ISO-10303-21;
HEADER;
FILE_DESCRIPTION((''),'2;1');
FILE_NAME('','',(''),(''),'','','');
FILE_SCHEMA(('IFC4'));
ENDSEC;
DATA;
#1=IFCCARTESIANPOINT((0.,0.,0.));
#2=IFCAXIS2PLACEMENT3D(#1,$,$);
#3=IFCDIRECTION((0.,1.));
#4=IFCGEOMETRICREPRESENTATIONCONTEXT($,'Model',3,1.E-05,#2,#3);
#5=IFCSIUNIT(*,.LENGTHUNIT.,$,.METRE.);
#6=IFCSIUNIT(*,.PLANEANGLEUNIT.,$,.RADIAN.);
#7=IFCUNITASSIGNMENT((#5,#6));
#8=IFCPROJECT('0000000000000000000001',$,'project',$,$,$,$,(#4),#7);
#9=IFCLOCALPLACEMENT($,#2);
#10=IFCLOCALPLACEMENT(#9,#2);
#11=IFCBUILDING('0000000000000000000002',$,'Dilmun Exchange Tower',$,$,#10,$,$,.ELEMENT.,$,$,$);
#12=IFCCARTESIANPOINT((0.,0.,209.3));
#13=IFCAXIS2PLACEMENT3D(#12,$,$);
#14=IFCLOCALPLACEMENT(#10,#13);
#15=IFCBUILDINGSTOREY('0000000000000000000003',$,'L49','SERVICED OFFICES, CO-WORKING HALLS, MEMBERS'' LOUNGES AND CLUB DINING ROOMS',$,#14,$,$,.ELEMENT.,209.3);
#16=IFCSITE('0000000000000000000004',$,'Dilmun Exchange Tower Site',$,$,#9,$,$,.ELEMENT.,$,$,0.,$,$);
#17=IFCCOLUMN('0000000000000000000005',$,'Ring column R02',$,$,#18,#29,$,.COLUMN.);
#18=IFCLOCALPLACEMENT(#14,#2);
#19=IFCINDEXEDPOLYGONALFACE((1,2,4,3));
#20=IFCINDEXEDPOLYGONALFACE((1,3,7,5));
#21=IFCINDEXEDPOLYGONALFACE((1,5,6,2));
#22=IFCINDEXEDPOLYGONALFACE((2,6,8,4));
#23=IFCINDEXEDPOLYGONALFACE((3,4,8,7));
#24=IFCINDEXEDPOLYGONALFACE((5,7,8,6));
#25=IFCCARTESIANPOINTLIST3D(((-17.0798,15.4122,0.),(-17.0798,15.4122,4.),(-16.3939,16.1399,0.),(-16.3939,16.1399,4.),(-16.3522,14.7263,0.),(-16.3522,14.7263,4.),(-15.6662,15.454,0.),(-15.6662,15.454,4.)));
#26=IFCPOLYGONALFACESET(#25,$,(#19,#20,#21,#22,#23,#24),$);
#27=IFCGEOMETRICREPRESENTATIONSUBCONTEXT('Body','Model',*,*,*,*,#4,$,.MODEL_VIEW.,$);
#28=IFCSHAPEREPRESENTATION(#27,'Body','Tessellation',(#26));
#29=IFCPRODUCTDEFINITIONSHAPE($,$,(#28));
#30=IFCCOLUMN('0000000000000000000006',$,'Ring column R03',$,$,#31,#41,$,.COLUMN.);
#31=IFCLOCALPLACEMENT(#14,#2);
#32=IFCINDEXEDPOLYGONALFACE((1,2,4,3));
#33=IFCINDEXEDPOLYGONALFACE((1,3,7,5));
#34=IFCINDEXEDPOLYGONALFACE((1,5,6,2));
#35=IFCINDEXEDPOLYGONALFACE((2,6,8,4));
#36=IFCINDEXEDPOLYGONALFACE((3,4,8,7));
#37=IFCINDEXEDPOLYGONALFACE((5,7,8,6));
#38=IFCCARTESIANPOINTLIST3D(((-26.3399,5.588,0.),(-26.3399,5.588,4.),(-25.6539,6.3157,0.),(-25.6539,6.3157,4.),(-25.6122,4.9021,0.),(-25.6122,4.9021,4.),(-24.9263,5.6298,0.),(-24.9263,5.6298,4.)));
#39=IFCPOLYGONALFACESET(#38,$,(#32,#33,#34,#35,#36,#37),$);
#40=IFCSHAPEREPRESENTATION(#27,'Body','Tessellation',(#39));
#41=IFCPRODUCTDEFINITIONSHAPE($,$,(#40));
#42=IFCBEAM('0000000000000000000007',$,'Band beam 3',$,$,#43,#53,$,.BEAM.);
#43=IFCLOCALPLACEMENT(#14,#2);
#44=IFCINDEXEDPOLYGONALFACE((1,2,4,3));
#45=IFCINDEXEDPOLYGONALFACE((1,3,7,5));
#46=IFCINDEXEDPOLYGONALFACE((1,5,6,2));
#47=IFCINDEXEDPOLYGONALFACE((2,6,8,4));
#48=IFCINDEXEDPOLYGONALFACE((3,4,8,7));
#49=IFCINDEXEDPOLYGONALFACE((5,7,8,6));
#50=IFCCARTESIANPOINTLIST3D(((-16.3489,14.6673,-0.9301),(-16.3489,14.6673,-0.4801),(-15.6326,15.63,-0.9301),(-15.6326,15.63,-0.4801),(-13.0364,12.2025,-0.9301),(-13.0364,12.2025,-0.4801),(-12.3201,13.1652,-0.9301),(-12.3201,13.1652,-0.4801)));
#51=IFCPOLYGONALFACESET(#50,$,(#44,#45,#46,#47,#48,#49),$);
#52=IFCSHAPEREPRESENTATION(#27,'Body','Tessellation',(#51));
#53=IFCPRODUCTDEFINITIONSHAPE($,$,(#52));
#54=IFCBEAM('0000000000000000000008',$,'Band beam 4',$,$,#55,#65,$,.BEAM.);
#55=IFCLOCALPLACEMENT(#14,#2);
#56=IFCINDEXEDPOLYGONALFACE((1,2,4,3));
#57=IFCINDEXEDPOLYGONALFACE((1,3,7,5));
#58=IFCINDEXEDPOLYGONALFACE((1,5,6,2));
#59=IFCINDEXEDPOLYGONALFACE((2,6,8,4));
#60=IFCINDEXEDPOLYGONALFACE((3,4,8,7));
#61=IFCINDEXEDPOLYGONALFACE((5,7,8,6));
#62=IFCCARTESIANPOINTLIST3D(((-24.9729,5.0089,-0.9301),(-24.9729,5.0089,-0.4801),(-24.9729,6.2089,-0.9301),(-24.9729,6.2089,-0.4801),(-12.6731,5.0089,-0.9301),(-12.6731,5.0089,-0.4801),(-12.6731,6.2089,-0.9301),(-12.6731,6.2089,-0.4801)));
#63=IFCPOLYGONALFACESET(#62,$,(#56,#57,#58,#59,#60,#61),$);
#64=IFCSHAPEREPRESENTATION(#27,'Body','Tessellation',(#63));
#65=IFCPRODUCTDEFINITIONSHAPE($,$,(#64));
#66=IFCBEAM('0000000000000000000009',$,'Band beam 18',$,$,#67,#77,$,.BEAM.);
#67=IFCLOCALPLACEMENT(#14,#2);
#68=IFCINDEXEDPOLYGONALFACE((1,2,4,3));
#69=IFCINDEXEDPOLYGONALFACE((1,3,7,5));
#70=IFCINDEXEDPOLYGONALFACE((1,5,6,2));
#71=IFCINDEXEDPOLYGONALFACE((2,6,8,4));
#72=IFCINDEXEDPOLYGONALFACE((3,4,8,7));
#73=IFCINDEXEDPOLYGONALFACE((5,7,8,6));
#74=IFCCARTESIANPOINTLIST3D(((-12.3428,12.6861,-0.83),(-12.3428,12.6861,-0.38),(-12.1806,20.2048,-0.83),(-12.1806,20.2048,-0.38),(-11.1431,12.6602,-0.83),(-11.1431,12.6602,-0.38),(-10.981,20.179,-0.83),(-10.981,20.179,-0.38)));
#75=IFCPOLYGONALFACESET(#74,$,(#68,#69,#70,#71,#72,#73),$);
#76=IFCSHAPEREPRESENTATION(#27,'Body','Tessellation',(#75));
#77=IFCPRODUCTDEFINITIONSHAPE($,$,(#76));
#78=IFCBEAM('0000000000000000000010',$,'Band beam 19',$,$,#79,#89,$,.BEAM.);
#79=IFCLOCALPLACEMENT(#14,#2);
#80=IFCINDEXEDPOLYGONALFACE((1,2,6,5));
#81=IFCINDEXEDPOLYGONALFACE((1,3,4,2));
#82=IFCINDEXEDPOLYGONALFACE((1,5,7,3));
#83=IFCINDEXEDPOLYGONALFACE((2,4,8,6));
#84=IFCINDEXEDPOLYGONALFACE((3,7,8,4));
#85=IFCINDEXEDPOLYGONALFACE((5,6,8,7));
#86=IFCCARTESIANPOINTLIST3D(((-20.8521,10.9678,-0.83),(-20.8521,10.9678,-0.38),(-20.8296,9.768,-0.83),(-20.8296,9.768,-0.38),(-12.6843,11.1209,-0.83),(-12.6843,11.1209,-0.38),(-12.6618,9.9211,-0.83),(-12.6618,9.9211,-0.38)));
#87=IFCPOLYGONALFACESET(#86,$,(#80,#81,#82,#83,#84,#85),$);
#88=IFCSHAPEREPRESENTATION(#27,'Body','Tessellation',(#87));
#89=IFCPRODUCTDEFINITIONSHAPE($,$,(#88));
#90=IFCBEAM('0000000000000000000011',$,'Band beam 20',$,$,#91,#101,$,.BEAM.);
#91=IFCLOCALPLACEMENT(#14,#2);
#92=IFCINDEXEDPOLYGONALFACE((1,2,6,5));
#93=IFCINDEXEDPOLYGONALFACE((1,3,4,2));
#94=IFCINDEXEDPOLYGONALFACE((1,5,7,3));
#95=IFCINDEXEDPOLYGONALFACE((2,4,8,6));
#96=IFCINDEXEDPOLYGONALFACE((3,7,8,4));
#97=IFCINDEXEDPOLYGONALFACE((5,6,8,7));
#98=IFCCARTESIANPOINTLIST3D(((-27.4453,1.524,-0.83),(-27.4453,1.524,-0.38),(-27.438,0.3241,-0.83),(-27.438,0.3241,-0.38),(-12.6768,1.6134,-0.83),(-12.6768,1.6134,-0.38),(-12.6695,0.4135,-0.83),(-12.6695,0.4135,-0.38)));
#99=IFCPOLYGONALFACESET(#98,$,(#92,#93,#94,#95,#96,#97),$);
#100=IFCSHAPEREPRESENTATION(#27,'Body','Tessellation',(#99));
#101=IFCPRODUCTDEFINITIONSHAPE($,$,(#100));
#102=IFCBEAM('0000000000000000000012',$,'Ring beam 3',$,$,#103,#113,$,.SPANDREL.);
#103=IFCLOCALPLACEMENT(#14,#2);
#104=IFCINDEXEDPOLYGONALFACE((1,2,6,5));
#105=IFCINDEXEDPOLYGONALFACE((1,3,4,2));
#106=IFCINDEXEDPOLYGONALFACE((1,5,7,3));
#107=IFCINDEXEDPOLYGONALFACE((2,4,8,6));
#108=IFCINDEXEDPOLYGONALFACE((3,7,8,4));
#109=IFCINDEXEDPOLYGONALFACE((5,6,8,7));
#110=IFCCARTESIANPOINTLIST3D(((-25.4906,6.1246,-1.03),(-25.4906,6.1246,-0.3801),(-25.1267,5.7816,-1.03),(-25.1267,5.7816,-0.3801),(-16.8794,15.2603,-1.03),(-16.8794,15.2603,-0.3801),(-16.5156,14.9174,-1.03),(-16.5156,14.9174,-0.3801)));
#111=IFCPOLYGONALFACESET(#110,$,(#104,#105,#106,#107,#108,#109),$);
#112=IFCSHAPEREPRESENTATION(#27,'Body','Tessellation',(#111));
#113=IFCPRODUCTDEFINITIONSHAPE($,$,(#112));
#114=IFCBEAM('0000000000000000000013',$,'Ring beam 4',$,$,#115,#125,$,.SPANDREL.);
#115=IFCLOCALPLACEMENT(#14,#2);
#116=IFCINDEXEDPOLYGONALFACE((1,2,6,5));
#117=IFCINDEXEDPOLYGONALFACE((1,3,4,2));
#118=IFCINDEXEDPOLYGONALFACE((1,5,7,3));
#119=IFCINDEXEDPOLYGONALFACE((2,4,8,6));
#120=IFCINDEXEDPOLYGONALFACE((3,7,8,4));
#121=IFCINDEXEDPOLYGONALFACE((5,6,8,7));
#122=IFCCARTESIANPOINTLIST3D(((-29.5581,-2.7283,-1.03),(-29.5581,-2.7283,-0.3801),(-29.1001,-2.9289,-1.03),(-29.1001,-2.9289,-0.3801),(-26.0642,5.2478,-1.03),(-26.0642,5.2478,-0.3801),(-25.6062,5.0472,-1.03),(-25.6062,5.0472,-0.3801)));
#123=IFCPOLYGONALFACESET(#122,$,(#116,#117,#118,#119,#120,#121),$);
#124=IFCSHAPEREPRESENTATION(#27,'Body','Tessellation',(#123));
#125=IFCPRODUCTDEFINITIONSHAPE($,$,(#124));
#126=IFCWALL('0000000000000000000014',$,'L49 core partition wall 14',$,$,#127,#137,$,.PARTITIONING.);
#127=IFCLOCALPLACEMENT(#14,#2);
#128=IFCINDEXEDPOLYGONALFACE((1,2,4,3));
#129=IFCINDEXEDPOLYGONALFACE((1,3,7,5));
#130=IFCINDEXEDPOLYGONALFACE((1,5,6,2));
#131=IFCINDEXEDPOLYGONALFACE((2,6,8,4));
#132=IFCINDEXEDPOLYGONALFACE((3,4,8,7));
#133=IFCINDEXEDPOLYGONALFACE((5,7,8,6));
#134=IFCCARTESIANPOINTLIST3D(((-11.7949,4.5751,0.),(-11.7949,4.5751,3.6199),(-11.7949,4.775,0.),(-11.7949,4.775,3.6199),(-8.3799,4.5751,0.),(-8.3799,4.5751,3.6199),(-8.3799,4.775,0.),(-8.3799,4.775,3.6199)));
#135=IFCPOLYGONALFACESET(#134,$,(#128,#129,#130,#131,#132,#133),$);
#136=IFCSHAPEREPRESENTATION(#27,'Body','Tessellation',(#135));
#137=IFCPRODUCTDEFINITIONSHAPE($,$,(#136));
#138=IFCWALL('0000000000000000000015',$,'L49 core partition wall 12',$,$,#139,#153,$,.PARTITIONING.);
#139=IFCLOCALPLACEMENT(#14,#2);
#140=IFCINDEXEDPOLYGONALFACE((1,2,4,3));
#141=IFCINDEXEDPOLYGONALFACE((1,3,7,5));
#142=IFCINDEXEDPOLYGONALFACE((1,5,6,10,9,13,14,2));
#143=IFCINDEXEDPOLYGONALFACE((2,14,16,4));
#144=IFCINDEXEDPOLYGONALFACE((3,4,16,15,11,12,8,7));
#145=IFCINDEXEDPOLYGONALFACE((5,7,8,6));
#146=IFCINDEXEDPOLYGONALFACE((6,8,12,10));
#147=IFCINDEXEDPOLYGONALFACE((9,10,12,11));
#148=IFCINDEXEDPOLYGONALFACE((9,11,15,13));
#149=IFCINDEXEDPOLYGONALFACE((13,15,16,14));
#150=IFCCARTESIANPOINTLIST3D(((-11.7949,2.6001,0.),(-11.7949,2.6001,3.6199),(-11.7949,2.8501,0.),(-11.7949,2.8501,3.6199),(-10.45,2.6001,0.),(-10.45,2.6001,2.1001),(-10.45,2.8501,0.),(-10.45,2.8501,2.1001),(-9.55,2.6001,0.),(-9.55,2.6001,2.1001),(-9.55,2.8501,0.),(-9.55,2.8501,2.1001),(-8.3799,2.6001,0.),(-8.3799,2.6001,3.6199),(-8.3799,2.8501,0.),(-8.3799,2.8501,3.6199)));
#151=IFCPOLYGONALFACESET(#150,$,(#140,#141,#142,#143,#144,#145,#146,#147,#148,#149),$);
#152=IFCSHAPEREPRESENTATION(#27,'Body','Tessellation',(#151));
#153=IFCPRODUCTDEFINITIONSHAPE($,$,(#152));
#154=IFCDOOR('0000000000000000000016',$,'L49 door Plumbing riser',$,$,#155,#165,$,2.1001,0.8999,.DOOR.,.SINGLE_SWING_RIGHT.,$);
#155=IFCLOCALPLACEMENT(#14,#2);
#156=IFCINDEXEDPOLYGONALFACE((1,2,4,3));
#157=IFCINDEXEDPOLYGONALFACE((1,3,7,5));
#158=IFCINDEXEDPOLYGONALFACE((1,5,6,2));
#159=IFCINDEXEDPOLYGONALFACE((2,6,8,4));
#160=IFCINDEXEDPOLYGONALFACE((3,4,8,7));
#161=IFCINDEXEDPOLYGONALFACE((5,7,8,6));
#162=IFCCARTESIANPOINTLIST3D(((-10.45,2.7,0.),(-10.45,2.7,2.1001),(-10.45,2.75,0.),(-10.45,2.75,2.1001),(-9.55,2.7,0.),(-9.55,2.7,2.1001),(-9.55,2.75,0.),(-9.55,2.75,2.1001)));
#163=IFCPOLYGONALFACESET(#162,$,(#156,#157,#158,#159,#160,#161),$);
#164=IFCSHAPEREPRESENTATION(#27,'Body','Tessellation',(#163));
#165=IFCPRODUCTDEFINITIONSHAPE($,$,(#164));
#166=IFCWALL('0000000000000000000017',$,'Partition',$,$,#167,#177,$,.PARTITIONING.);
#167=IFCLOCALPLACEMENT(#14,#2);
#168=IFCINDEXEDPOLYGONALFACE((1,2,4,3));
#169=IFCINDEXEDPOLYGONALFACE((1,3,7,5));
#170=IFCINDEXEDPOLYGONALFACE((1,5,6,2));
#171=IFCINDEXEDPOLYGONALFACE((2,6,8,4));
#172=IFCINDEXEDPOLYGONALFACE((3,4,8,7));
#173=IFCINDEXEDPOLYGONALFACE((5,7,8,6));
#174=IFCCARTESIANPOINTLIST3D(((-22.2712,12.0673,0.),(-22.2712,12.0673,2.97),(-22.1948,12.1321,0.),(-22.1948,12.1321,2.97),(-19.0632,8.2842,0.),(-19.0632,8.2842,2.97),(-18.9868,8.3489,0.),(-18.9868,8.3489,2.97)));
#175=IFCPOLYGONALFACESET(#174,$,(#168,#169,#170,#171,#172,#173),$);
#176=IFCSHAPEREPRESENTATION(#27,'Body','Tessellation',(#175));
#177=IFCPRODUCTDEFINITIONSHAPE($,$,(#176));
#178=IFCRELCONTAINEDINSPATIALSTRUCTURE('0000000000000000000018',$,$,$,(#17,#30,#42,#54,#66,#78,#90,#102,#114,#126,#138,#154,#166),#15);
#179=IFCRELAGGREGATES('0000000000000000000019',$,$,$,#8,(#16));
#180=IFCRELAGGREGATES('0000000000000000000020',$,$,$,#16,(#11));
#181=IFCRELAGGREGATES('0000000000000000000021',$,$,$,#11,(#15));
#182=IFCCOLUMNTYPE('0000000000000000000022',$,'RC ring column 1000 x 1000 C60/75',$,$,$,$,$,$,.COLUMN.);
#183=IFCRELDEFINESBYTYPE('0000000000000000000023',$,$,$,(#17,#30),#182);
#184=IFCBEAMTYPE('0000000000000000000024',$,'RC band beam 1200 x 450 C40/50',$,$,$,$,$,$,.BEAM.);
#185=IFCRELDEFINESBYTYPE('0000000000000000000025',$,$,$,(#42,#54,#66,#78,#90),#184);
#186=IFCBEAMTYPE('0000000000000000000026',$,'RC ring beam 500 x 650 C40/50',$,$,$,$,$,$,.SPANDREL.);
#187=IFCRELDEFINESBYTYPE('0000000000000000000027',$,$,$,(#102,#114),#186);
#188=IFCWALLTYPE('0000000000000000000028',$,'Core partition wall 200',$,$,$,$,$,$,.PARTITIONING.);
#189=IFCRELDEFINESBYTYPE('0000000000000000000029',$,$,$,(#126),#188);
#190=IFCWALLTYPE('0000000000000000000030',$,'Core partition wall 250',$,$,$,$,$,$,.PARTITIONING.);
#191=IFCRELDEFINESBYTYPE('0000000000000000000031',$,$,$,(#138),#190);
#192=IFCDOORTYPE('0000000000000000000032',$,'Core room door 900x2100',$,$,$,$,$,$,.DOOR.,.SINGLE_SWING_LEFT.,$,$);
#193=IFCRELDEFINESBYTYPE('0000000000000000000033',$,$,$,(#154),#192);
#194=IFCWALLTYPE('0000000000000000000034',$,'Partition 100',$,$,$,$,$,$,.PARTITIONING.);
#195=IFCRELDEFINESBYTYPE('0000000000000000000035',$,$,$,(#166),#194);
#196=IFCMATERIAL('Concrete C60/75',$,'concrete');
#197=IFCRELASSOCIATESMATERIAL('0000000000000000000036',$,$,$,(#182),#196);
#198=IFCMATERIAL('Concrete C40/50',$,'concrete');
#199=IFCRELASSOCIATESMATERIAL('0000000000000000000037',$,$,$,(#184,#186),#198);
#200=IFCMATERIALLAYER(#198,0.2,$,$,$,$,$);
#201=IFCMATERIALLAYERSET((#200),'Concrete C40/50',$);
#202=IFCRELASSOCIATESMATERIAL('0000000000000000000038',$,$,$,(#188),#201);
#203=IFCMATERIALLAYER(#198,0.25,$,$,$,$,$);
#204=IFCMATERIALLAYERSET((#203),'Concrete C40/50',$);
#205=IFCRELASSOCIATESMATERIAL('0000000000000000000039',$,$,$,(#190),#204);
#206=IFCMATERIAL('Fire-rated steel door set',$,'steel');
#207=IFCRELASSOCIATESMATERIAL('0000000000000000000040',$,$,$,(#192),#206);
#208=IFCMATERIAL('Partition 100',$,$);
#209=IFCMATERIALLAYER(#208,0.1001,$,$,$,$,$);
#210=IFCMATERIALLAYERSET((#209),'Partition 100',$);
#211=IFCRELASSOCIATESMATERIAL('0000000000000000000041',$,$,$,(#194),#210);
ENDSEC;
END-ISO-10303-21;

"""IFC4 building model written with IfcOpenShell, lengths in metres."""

from ifc_helpers import new_model, si_unit, direction, frame, frame_2d, origin, origin_2d, place, context, subcontext, project, spatial, rectangle, extrude, material, layer, layer_set, material_profile, profile_set, type_object, element, fill, save


model = new_model("IFC4")

# Units and contexts
model_context = context("Model", 3, precision=1e-05, world=origin(), true_north=direction((0.0, 1.0)))
body_context = subcontext(model_context, "Body", "Model", "MODEL_VIEW")
ifc_project = project(units=[si_unit("LENGTHUNIT", "METRE"), si_unit("PLANEANGLEUNIT", "RADIAN")], contexts=[model_context])

# Site, building, storey
site_placement = place(None, origin())
site = spatial("IfcSite", under=ifc_project, at=site_placement, Name="Dilmun Exchange Tower Site", CompositionType="ELEMENT", RefElevation=0.0)
building_placement = place(site_placement, origin())
building = spatial("IfcBuilding", under=site, at=building_placement, Name="Dilmun Exchange Tower", CompositionType="ELEMENT")
storey_placement = place(building_placement, frame((0.0, 0.0, 209.3)))
storey = spatial("IfcBuildingStorey", under=building, at=storey_placement, Name="L49", Description="SERVICED OFFICES, CO-WORKING HALLS, MEMBERS' LOUNGES AND CLUB DINING ROOMS", CompositionType="ELEMENT", Elevation=209.3)

# Columns
ifc_material_1 = material(Name="Concrete C60/75", Category="concrete")
ifc_material_profile_1 = material_profile(ifc_material_1, rectangle(XDim=1.0, YDim=1.0, at=origin_2d()), Name="1000 x 1000")
ifc_profile_set_1 = profile_set([ifc_material_profile_1], Name="Concrete C60/75")
column_type = type_object("IfcColumnType", Name="RC ring column 1000 x 1000 C60/75", PredefinedType="COLUMN", material=ifc_profile_set_1)
for number, where, z_axis, x_axis, name in (
    (1, (-16.373, 15.4331, 0.0), (0.0, 0.0, 1.0), (0.685916, 0.727681, 0.0), "Ring column R02"),
    (2, (-25.6331, 5.6089, 0.0), (0.0, 0.0, 1.0), (0.685916, 0.727681, 0.0), "Ring column R03"),
):
    element("IfcColumn", number, at=place(storey_placement, frame(where, z_axis=z_axis, x_axis=x_axis)), inside=storey, type_object=column_type, Name=name, PredefinedType="COLUMN", context=body_context, shape_type="SweptSolid", body=[
        extrude(rectangle(XDim=1.0, YDim=1.0, at=origin_2d()), origin(), (0.0, 0.0, 1.0), 4.0),
    ])

# Beams
ifc_material_2 = material(Name="Concrete C40/50", Category="concrete")
ifc_material_profile_2 = material_profile(ifc_material_2, rectangle(XDim=1.2, YDim=0.45, at=origin_2d()), Name="1200 x 450")
ifc_profile_set_2 = profile_set([ifc_material_profile_2], Name="Concrete C40/50")
beam_type_1 = type_object("IfcBeamType", Name="RC band beam 1200 x 450 C40/50", PredefinedType="BEAM", material=ifc_profile_set_2)
beam_1_placement = place(storey_placement, frame((-15.9907, 15.1487, -0.7051), z_axis=(0.802265, -0.596968, 0.0), x_axis=(0.596968, 0.802265, 0.0)))
element("IfcBeam", 3, at=beam_1_placement, inside=storey, type_object=beam_type_1, Name="Band beam 3", PredefinedType="BEAM", context=body_context, shape_type="SweptSolid", body=[
    extrude(rectangle(XDim=1.2, YDim=0.45, at=origin_2d()), origin(), (0.0, 0.0, 1.0), 4.1289),
])
beam_2_placement = place(storey_placement, frame((-24.9729, 5.6089, -0.7051), z_axis=(1.0, 0.0, 0.0), x_axis=(0.0, 1.0, 0.0)))
element("IfcBeam", 4, at=beam_2_placement, inside=storey, type_object=beam_type_1, Name="Band beam 4", PredefinedType="BEAM", context=body_context, shape_type="SweptSolid", body=[
    extrude(rectangle(XDim=1.2, YDim=0.45, at=origin_2d()), origin(), (0.0, 0.0, 1.0), 12.2998),
])
beam_3_placement = place(storey_placement, frame((-11.5808, 20.1919, -0.605), z_axis=(-0.021556, -0.999768, 0.0), x_axis=(0.999768, -0.021556, 0.0)))
element("IfcBeam", 5, at=beam_3_placement, inside=storey, type_object=beam_type_1, Name="Band beam 18", PredefinedType="BEAM", context=body_context, shape_type="SweptSolid", body=[
    extrude(rectangle(XDim=1.2, YDim=0.45, at=origin_2d()), origin(), (0.0, 0.0, 1.0), 7.5205),
])
beam_4_placement = place(storey_placement, frame((-20.8408, 10.3679, -0.605), z_axis=(0.999824, 0.018738, 0.0), x_axis=(-0.018738, 0.999824, 0.0)))
element("IfcBeam", 6, at=beam_4_placement, inside=storey, type_object=beam_type_1, Name="Band beam 19", PredefinedType="BEAM", context=body_context, shape_type="SweptSolid", body=[
    extrude(rectangle(XDim=1.2, YDim=0.45, at=origin_2d()), origin(), (0.0, 0.0, 1.0), 8.1692),
])
beam_5_placement = place(storey_placement, frame((-27.4417, 0.9241, -0.605), z_axis=(0.999982, 0.00605, 0.0), x_axis=(-0.00605, 0.999982, 0.0)))
element("IfcBeam", 7, at=beam_5_placement, inside=storey, type_object=beam_type_1, Name="Band beam 20", PredefinedType="BEAM", context=body_context, shape_type="SweptSolid", body=[
    extrude(rectangle(XDim=1.2, YDim=0.45, at=origin_2d()), origin(), (0.0, 0.0, 1.0), 14.7688),
])
ifc_material_profile_3 = material_profile(ifc_material_2, rectangle(XDim=0.5, YDim=0.6499, at=origin_2d()), Name="500 x 650")
ifc_profile_set_3 = profile_set([ifc_material_profile_3], Name="Concrete C40/50")
beam_type_2 = type_object("IfcBeamType", Name="RC ring beam 500 x 650 C40/50", PredefinedType="SPANDREL", material=ifc_profile_set_3)
beam_6_placement = place(storey_placement, frame((-16.6975, 15.0889, -0.7051), z_axis=(-0.685903, -0.727693, 0.0), x_axis=(0.727693, -0.685903, 0.0)))
element("IfcBeam", 8, at=beam_6_placement, inside=storey, type_object=beam_type_2, Name="Ring beam 3", PredefinedType="SPANDREL", context=body_context, shape_type="SweptSolid", body=[
    extrude(rectangle(XDim=0.5, YDim=0.6499, at=origin_2d()), origin(), (0.0, 0.0, 1.0), 12.5544),
])
beam_7_placement = place(storey_placement, frame((-25.8352, 5.1475, -0.7051), z_axis=(-0.401239, -0.915973, 0.0), x_axis=(0.915973, -0.401239, 0.0)))
element("IfcBeam", 9, at=beam_7_placement, inside=storey, type_object=beam_type_2, Name="Ring beam 4", PredefinedType="SPANDREL", context=body_context, shape_type="SweptSolid", body=[
    extrude(rectangle(XDim=0.5, YDim=0.6499, at=origin_2d()), origin(), (0.0, 0.0, 1.0), 8.7078),
])

# Wall
ifc_layer_1 = layer(ifc_material_2, 0.2)
ifc_layer_set_1 = layer_set([ifc_layer_1], Name="Concrete C40/50")
wall_type_1 = type_object("IfcWallType", Name="Core partition wall 200", PredefinedType="PARTITIONING", material=ifc_layer_set_1)
wall_1_placement = place(storey_placement, frame((-11.7949, 4.675, 0.0), z_axis=(0.0, 0.0, 1.0), x_axis=(1.0, 0.0, 0.0)))
element("IfcWall", 10, at=wall_1_placement, inside=storey, type_object=wall_type_1, Name="L49 core partition wall 14", PredefinedType="PARTITIONING", context=body_context, shape_type="SweptSolid", body=[
    extrude(rectangle(XDim=3.415, YDim=0.2, at=frame_2d((1.7075, 0.0))), origin(), (0.0, 0.0, 1.0), 3.6199),
])

# Wall, opening, door
ifc_layer_2 = layer(ifc_material_2, 0.25)
ifc_layer_set_2 = layer_set([ifc_layer_2], Name="Concrete C40/50")
wall_type_2 = type_object("IfcWallType", Name="Core partition wall 250", PredefinedType="PARTITIONING", material=ifc_layer_set_2)
wall_2_placement = place(storey_placement, frame((-11.7949, 2.7251, 0.0), z_axis=(0.0, 0.0, 1.0), x_axis=(1.0, 0.0, 0.0)))
wall_2 = element("IfcWall", 11, at=wall_2_placement, inside=storey, type_object=wall_type_2, Name="L49 core partition wall 12", PredefinedType="PARTITIONING", context=body_context, shape_type="SweptSolid", body=[
    extrude(rectangle(XDim=3.415, YDim=0.25, at=frame_2d((1.7075, 0.0))), origin(), (0.0, 0.0, 1.0), 3.6199),
])
opening_1_placement = place(wall_2_placement, frame((1.345, 0.0, 0.0)))
opening_1 = element("IfcOpeningElement", 12, at=opening_1_placement, cuts=wall_2, PredefinedType="OPENING", context=body_context, shape_type="SweptSolid", body=[
    extrude(rectangle(XDim=0.8999, YDim=2.1001, at=frame_2d((0.45, 1.05))), frame((0.0, 0.135, 0.0), z_axis=(0.0, -1.0, 0.0), x_axis=(1.0, 0.0, 0.0)), (0.0, 0.0, 1.0), 0.27),
])
ifc_material_3 = material(Name="Fire-rated steel door set", Category="steel")
door_type_1 = type_object("IfcDoorType", Name="Core room door 900x2100", OperationType="SINGLE_SWING_LEFT", PredefinedType="DOOR", material=ifc_material_3)
door_1_placement = place(opening_1_placement, origin())
door_1 = element("IfcDoor", 13, at=door_1_placement, inside=storey, type_object=door_type_1, Name="L49 door Plumbing riser", OperationType="SINGLE_SWING_RIGHT", OverallHeight=2.1001, OverallWidth=0.8999, PredefinedType="DOOR", context=body_context, shape_type="SweptSolid", body=[
    extrude(rectangle(XDim=0.8999, YDim=2.1001, at=frame_2d((0.45, 1.05))), frame((0.0, 0.0249, 0.0), z_axis=(0.0, -1.0, 0.0), x_axis=(1.0, 0.0, 0.0)), (0.0, 0.0, 1.0), 0.05),
])
fill(opening_1, door_1)

# Wall
ifc_material_4 = material(Name="Partition 100")
ifc_layer_3 = layer(ifc_material_4, 0.1001)
ifc_layer_set_3 = layer_set([ifc_layer_3], Name="Partition 100")
wall_type_3 = type_object("IfcWallType", Name="Partition 100", PredefinedType="PARTITIONING", material=ifc_layer_set_3)
wall_3_placement = place(storey_placement, frame((-22.2329, 12.0996, 0.0), z_axis=(0.0, 0.0, 1.0), x_axis=(0.646745, -0.762706, 0.0)))
element("IfcWall", 14, at=wall_3_placement, inside=storey, type_object=wall_type_3, Name="Partition", PredefinedType="PARTITIONING", context=body_context, shape_type="SweptSolid", body=[
    extrude(rectangle(XDim=4.9602, YDim=0.1001, at=frame_2d((2.48, 0.0))), origin(), (0.0, 0.0, 1.0), 2.97),
])

save(model, "model.ifc")
